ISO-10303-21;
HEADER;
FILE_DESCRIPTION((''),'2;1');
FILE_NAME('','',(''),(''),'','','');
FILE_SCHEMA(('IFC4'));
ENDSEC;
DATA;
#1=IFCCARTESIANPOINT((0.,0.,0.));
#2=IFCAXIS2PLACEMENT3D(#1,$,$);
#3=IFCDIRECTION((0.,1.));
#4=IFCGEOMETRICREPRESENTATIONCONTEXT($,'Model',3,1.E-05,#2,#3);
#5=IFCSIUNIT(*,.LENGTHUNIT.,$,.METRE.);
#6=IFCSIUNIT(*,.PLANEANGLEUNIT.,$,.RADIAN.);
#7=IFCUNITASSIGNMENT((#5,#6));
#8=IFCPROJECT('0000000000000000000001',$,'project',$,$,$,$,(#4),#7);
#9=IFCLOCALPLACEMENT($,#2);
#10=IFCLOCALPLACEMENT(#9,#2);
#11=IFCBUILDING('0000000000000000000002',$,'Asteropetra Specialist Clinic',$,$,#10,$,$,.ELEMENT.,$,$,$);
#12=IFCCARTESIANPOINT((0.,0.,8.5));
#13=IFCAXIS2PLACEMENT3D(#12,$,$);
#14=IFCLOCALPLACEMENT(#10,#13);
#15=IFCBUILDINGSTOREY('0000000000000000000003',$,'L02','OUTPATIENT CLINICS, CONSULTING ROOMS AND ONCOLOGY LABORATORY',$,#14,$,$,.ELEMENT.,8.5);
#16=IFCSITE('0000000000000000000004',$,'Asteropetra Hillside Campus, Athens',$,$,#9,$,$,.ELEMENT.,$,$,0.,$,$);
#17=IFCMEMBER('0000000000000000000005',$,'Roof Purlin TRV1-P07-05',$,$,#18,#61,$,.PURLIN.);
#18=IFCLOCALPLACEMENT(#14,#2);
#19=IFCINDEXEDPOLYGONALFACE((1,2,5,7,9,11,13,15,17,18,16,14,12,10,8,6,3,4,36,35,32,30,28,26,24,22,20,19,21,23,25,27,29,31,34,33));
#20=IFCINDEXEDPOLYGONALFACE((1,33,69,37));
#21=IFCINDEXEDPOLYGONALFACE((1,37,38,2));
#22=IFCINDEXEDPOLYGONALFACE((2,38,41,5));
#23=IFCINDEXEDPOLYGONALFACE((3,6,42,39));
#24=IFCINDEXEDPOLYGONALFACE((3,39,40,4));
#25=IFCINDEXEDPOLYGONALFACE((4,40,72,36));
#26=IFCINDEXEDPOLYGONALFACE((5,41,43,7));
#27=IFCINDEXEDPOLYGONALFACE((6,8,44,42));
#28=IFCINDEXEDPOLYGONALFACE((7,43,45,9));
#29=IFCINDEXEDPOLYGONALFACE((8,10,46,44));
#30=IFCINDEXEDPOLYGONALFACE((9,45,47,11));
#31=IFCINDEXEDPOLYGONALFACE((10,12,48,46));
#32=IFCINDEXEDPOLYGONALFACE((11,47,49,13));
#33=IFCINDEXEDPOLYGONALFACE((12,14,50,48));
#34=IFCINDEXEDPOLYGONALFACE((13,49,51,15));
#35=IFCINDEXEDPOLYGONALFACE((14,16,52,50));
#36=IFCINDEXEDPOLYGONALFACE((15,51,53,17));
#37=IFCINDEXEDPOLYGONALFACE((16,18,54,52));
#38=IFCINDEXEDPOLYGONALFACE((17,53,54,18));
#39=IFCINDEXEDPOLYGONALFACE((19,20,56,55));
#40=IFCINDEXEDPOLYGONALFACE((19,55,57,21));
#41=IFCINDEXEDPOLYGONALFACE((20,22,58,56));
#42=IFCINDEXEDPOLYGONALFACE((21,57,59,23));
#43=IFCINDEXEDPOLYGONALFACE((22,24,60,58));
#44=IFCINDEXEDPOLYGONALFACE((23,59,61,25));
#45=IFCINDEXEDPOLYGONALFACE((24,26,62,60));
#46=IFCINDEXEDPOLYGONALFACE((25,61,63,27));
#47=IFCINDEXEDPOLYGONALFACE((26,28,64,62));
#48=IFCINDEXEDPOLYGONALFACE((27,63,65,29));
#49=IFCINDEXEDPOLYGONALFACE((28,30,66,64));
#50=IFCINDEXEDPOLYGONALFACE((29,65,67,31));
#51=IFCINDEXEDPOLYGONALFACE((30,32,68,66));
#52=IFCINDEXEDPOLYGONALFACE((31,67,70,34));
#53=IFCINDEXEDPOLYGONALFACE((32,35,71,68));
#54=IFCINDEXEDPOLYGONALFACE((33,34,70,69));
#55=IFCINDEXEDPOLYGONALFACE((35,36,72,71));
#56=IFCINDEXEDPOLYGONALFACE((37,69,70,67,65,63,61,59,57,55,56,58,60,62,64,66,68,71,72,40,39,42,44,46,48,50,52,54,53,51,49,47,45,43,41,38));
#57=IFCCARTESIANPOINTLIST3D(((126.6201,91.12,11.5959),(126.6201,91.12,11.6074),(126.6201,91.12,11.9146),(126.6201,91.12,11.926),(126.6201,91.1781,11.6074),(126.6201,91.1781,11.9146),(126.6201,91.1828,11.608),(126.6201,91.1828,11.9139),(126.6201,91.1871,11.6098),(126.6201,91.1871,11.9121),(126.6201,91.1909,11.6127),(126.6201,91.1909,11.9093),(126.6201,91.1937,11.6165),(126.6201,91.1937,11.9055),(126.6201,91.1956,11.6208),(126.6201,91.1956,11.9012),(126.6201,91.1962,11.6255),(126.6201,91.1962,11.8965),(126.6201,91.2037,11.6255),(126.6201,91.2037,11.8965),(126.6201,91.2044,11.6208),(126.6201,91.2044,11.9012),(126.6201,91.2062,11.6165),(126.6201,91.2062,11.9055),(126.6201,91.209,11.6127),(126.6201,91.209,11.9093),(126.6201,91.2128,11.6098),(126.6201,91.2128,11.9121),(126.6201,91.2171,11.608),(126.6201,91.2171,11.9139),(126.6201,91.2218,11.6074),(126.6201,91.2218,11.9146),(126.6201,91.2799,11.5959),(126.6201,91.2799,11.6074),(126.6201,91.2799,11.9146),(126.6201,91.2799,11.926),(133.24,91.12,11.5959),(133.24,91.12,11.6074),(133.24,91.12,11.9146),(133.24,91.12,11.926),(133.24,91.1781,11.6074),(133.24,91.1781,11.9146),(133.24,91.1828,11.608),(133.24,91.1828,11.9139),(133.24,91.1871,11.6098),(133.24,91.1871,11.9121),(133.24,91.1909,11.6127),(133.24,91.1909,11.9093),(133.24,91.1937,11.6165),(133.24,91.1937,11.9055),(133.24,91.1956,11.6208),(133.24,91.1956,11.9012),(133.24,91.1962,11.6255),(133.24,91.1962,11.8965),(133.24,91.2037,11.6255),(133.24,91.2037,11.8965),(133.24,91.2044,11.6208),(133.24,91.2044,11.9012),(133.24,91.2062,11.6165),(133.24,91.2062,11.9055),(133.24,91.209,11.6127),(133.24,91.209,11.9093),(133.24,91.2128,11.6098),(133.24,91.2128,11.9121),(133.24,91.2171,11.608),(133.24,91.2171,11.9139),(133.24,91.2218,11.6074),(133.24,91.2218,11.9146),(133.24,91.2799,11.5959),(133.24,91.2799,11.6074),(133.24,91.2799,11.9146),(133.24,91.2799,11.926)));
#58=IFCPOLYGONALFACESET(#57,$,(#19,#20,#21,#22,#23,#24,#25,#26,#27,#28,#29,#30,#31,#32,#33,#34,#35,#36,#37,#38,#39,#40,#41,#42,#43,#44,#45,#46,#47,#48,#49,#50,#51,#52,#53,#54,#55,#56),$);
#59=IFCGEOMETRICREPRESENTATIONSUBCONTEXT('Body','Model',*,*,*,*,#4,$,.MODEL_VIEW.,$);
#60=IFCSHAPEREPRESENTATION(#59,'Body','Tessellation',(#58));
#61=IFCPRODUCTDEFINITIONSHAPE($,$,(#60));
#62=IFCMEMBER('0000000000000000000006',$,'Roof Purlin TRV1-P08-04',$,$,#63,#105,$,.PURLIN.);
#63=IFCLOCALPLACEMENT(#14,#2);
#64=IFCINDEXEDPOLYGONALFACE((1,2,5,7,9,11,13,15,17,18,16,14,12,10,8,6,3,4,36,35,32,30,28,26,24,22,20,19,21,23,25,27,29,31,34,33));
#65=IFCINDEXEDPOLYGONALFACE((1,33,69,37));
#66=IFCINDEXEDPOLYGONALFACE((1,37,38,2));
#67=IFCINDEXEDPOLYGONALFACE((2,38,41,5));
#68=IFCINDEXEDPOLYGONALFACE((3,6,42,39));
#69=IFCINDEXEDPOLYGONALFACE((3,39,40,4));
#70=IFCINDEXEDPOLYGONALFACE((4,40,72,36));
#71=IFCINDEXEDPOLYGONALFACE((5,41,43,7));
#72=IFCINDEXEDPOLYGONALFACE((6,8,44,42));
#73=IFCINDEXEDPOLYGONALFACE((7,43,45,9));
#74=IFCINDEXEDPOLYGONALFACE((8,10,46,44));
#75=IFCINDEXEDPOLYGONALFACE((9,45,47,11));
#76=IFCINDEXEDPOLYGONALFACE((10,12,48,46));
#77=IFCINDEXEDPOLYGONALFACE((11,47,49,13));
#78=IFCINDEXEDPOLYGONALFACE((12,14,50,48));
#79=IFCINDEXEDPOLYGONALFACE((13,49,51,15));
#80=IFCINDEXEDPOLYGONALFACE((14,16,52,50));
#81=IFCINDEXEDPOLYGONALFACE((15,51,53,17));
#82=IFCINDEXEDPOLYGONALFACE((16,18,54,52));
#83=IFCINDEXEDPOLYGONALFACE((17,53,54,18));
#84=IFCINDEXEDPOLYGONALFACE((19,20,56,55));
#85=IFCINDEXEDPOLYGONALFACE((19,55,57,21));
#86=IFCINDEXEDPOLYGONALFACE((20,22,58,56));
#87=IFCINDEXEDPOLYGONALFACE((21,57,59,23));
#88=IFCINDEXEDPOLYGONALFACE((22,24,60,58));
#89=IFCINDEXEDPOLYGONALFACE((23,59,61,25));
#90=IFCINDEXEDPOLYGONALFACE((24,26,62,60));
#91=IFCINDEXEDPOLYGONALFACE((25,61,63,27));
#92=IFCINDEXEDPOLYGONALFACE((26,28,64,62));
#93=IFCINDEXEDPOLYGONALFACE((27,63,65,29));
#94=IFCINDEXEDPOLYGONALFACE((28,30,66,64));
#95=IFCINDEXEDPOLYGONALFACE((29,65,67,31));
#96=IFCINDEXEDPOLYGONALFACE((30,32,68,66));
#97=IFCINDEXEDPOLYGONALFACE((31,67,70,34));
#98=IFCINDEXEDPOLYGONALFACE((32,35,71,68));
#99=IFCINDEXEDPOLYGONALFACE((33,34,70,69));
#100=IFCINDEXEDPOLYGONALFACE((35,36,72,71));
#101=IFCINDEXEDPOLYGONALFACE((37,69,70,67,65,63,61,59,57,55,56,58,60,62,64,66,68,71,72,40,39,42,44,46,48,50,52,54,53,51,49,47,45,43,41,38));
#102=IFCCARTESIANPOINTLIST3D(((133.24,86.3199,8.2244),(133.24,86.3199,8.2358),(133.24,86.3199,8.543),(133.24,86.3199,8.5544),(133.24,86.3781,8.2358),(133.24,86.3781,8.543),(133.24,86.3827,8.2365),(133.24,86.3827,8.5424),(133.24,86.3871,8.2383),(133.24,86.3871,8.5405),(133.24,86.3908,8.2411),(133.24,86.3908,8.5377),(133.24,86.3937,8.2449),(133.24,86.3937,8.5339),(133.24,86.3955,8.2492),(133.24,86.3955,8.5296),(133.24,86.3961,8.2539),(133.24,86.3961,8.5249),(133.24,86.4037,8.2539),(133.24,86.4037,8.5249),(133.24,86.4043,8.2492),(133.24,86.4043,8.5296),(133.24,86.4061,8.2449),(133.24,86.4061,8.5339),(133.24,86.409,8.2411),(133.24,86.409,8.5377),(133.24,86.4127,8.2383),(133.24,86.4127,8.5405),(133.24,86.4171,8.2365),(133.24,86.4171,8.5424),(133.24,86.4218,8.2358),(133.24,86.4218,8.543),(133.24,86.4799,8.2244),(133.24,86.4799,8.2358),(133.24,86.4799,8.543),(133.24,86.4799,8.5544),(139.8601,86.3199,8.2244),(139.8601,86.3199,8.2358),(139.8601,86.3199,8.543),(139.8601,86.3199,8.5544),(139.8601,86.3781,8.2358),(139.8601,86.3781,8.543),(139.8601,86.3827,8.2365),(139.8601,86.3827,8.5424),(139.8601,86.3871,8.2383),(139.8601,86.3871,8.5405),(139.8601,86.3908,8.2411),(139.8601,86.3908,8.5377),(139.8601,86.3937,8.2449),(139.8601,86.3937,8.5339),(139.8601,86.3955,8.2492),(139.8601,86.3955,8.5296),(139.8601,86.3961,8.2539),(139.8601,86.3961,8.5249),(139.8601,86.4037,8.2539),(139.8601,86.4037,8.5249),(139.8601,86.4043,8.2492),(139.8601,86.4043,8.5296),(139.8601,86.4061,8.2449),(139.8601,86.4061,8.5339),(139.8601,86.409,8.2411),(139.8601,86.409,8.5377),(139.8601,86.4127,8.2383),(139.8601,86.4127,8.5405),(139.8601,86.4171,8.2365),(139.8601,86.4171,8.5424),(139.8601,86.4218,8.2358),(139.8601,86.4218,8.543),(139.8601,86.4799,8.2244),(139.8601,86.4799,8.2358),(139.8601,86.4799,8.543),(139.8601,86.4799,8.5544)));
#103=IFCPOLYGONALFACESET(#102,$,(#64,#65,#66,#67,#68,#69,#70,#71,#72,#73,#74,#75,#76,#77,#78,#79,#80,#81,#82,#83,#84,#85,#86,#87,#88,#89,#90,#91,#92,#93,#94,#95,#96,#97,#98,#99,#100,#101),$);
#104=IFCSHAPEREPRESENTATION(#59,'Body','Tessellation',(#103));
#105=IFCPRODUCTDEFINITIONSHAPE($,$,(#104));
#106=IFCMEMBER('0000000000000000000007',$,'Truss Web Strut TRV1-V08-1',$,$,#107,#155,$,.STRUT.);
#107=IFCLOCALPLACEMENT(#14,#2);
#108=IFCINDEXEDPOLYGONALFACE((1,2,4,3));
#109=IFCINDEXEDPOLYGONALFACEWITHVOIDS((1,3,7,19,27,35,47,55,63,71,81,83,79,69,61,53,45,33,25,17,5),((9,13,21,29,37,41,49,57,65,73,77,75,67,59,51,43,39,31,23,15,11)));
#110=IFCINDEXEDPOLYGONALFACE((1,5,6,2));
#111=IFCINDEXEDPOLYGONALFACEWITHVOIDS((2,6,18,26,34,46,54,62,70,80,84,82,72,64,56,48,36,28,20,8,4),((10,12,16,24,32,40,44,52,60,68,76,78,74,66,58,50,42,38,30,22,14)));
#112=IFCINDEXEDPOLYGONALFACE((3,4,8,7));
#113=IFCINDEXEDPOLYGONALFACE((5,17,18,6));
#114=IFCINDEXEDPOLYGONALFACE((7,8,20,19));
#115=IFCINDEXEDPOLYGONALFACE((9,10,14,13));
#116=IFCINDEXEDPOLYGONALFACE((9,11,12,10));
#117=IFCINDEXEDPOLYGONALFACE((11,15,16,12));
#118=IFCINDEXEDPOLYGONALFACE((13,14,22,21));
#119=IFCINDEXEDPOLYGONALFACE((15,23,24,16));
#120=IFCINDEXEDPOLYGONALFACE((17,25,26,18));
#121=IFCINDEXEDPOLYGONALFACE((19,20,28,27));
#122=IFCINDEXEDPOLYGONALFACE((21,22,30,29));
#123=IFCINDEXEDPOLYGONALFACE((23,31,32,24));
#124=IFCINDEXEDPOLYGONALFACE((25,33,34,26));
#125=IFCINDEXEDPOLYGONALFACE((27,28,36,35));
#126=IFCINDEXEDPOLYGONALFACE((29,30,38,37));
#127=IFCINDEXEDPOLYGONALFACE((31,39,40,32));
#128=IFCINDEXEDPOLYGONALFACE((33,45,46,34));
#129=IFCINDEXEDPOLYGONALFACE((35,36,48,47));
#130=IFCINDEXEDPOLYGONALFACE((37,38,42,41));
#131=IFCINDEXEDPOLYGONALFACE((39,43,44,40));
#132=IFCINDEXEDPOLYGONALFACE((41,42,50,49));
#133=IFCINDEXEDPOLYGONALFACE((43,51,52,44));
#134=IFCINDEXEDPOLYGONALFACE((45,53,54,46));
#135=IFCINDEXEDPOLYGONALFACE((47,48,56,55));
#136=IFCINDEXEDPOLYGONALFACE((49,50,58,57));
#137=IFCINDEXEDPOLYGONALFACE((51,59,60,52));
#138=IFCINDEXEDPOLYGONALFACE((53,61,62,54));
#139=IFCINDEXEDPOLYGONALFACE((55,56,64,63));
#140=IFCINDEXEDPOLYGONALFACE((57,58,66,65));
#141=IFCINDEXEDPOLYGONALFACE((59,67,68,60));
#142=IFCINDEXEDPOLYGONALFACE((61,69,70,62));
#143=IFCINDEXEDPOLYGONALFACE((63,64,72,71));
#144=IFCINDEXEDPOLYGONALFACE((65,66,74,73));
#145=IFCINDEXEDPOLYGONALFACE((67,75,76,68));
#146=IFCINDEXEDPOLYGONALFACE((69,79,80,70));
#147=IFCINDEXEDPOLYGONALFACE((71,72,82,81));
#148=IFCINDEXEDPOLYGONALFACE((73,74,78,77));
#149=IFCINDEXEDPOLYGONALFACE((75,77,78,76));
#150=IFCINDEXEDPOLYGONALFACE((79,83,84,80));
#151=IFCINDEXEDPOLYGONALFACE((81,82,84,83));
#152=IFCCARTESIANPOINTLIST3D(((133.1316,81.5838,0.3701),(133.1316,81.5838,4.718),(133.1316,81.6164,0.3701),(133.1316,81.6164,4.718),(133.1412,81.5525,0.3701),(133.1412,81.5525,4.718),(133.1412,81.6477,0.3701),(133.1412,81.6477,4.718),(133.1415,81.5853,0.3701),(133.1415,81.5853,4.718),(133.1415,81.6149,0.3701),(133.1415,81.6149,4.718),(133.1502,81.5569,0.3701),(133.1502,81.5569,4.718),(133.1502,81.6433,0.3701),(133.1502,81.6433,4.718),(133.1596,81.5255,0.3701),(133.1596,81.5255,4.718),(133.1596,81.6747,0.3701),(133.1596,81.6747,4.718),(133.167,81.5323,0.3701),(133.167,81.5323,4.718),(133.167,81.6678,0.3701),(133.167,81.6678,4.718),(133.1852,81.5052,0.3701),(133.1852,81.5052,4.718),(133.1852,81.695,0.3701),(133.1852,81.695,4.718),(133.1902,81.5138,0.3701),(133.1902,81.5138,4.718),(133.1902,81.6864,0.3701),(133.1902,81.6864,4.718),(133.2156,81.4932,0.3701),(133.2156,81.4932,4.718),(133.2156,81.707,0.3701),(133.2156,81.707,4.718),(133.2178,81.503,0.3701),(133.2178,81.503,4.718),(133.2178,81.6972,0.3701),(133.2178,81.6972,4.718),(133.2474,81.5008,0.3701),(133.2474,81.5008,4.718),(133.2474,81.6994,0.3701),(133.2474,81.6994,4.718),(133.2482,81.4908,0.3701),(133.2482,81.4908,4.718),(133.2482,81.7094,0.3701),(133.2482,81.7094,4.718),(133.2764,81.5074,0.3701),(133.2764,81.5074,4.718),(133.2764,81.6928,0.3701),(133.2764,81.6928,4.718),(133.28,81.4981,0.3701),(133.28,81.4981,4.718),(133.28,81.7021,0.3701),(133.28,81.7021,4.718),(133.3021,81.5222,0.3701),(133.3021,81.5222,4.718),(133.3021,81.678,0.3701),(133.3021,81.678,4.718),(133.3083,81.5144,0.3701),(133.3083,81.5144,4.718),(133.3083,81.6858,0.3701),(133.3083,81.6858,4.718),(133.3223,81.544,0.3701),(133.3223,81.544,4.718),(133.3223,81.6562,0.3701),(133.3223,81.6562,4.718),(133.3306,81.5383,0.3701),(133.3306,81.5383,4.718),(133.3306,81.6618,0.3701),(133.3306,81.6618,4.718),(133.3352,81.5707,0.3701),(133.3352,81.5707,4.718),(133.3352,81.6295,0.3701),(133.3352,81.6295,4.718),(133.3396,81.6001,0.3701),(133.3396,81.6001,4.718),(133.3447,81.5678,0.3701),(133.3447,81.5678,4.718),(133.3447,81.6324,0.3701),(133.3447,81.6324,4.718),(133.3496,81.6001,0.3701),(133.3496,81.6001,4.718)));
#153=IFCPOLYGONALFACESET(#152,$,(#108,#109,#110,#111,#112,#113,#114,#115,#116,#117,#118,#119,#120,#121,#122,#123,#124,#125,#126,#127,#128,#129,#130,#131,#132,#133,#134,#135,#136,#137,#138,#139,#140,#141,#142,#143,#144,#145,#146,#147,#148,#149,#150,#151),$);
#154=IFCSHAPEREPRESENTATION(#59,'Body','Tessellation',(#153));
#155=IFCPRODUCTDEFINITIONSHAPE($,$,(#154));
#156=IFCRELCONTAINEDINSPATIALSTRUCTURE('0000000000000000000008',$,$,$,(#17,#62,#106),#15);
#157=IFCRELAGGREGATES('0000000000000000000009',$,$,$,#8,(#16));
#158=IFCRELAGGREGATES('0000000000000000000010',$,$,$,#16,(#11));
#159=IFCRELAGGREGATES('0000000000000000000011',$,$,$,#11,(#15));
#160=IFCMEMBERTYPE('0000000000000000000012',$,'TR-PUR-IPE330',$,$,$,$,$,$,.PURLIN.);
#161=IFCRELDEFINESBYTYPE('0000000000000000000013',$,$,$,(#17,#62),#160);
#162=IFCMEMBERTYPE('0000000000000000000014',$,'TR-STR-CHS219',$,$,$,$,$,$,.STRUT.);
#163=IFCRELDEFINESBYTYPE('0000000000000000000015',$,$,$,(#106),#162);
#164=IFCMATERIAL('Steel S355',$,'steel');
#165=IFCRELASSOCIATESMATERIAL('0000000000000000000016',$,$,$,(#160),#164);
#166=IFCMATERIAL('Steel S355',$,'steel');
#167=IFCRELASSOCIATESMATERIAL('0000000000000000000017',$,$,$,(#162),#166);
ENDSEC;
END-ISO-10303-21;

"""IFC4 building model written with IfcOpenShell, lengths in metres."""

from ifc_helpers import new_model, si_unit, direction, frame, origin, origin_2d, place, context, subcontext, project, spatial, hollow_circle, i_section, extrude, material, material_profile, profile_set, type_object, element, save


model = new_model("IFC4")

# Units and contexts
model_context = context("Model", 3, precision=1e-05, world=origin(), true_north=direction((0.0, 1.0)))
body_context = subcontext(model_context, "Body", "Model", "MODEL_VIEW")
ifc_project = project(units=[si_unit("LENGTHUNIT", "METRE"), si_unit("PLANEANGLEUNIT", "RADIAN")], contexts=[model_context])

# Site, building, storey
site_placement = place(None, origin())
site = spatial("IfcSite", under=ifc_project, at=site_placement, Name="Asteropetra Hillside Campus, Athens", CompositionType="ELEMENT", RefElevation=0.0)
building_placement = place(site_placement, origin())
building = spatial("IfcBuilding", under=site, at=building_placement, Name="Asteropetra Specialist Clinic", CompositionType="ELEMENT")
storey_placement = place(building_placement, frame((0.0, 0.0, 8.5)))
storey = spatial("IfcBuildingStorey", under=building, at=storey_placement, Name="L02", Description="OUTPATIENT CLINICS, CONSULTING ROOMS AND ONCOLOGY LABORATORY", CompositionType="ELEMENT", Elevation=8.5)

# Members
ifc_material_1 = material(Name="Steel S355", Category="steel")
ifc_material_profile_1 = material_profile(ifc_material_1, i_section(OverallWidth=0.1599, OverallDepth=0.3301, WebThickness=0.0076, FlangeThickness=0.0115, FilletRadius=0.0181, at=origin_2d()), Name="IPE 330")
ifc_profile_set_1 = profile_set([ifc_material_profile_1], Name="Steel S355")
member_type_1 = type_object("IfcMemberType", Name="TR-PUR-IPE330", PredefinedType="PURLIN", material=ifc_profile_set_1)
member_1_placement = place(storey_placement, frame((126.6201, 91.2, 11.761), z_axis=(1.0, 0.0, 0.0), x_axis=(0.0, 1.0, 0.0)))
element("IfcMember", 1, at=member_1_placement, inside=storey, type_object=member_type_1, Name="Roof Purlin TRV1-P07-05", PredefinedType="PURLIN", context=body_context, shape_type="SweptSolid", body=[
    extrude(i_section(OverallWidth=0.1599, OverallDepth=0.3301, WebThickness=0.0076, FlangeThickness=0.0115, FilletRadius=0.0181, at=origin_2d()), origin(), (0.0, 0.0, 1.0), 6.6199),
])
member_2_placement = place(storey_placement, frame((133.24, 86.3999, 8.3894), z_axis=(1.0, 0.0, 0.0), x_axis=(0.0, 1.0, 0.0)))
element("IfcMember", 2, at=member_2_placement, inside=storey, type_object=member_type_1, Name="Roof Purlin TRV1-P08-04", PredefinedType="PURLIN", context=body_context, shape_type="SweptSolid", body=[
    extrude(i_section(OverallWidth=0.1599, OverallDepth=0.3301, WebThickness=0.0076, FlangeThickness=0.0115, FilletRadius=0.0181, at=origin_2d()), origin(), (0.0, 0.0, 1.0), 6.6201),
])
ifc_material_2 = material(Name="Steel S355", Category="steel")
ifc_material_profile_2 = material_profile(ifc_material_2, hollow_circle(Radius=0.1096, WallThickness=0.01, at=origin_2d()), Name="CHS 219.1x10.0")
ifc_profile_set_2 = profile_set([ifc_material_profile_2], Name="Steel S355")
member_type_2 = type_object("IfcMemberType", Name="TR-STR-CHS219", PredefinedType="STRUT", material=ifc_profile_set_2)
member_3_placement = place(storey_placement, frame((133.24, 81.6001, 0.3701), z_axis=(0.0, 0.0, 1.0), x_axis=(1.0, 0.0, 0.0)))
element("IfcMember", 3, at=member_3_placement, inside=storey, type_object=member_type_2, Name="Truss Web Strut TRV1-V08-1", PredefinedType="STRUT", context=body_context, shape_type="SweptSolid", body=[
    extrude(hollow_circle(Radius=0.1096, WallThickness=0.01, at=origin_2d()), origin(), (0.0, 0.0, 1.0), 4.3479),
])

save(model, "model.ifc")
